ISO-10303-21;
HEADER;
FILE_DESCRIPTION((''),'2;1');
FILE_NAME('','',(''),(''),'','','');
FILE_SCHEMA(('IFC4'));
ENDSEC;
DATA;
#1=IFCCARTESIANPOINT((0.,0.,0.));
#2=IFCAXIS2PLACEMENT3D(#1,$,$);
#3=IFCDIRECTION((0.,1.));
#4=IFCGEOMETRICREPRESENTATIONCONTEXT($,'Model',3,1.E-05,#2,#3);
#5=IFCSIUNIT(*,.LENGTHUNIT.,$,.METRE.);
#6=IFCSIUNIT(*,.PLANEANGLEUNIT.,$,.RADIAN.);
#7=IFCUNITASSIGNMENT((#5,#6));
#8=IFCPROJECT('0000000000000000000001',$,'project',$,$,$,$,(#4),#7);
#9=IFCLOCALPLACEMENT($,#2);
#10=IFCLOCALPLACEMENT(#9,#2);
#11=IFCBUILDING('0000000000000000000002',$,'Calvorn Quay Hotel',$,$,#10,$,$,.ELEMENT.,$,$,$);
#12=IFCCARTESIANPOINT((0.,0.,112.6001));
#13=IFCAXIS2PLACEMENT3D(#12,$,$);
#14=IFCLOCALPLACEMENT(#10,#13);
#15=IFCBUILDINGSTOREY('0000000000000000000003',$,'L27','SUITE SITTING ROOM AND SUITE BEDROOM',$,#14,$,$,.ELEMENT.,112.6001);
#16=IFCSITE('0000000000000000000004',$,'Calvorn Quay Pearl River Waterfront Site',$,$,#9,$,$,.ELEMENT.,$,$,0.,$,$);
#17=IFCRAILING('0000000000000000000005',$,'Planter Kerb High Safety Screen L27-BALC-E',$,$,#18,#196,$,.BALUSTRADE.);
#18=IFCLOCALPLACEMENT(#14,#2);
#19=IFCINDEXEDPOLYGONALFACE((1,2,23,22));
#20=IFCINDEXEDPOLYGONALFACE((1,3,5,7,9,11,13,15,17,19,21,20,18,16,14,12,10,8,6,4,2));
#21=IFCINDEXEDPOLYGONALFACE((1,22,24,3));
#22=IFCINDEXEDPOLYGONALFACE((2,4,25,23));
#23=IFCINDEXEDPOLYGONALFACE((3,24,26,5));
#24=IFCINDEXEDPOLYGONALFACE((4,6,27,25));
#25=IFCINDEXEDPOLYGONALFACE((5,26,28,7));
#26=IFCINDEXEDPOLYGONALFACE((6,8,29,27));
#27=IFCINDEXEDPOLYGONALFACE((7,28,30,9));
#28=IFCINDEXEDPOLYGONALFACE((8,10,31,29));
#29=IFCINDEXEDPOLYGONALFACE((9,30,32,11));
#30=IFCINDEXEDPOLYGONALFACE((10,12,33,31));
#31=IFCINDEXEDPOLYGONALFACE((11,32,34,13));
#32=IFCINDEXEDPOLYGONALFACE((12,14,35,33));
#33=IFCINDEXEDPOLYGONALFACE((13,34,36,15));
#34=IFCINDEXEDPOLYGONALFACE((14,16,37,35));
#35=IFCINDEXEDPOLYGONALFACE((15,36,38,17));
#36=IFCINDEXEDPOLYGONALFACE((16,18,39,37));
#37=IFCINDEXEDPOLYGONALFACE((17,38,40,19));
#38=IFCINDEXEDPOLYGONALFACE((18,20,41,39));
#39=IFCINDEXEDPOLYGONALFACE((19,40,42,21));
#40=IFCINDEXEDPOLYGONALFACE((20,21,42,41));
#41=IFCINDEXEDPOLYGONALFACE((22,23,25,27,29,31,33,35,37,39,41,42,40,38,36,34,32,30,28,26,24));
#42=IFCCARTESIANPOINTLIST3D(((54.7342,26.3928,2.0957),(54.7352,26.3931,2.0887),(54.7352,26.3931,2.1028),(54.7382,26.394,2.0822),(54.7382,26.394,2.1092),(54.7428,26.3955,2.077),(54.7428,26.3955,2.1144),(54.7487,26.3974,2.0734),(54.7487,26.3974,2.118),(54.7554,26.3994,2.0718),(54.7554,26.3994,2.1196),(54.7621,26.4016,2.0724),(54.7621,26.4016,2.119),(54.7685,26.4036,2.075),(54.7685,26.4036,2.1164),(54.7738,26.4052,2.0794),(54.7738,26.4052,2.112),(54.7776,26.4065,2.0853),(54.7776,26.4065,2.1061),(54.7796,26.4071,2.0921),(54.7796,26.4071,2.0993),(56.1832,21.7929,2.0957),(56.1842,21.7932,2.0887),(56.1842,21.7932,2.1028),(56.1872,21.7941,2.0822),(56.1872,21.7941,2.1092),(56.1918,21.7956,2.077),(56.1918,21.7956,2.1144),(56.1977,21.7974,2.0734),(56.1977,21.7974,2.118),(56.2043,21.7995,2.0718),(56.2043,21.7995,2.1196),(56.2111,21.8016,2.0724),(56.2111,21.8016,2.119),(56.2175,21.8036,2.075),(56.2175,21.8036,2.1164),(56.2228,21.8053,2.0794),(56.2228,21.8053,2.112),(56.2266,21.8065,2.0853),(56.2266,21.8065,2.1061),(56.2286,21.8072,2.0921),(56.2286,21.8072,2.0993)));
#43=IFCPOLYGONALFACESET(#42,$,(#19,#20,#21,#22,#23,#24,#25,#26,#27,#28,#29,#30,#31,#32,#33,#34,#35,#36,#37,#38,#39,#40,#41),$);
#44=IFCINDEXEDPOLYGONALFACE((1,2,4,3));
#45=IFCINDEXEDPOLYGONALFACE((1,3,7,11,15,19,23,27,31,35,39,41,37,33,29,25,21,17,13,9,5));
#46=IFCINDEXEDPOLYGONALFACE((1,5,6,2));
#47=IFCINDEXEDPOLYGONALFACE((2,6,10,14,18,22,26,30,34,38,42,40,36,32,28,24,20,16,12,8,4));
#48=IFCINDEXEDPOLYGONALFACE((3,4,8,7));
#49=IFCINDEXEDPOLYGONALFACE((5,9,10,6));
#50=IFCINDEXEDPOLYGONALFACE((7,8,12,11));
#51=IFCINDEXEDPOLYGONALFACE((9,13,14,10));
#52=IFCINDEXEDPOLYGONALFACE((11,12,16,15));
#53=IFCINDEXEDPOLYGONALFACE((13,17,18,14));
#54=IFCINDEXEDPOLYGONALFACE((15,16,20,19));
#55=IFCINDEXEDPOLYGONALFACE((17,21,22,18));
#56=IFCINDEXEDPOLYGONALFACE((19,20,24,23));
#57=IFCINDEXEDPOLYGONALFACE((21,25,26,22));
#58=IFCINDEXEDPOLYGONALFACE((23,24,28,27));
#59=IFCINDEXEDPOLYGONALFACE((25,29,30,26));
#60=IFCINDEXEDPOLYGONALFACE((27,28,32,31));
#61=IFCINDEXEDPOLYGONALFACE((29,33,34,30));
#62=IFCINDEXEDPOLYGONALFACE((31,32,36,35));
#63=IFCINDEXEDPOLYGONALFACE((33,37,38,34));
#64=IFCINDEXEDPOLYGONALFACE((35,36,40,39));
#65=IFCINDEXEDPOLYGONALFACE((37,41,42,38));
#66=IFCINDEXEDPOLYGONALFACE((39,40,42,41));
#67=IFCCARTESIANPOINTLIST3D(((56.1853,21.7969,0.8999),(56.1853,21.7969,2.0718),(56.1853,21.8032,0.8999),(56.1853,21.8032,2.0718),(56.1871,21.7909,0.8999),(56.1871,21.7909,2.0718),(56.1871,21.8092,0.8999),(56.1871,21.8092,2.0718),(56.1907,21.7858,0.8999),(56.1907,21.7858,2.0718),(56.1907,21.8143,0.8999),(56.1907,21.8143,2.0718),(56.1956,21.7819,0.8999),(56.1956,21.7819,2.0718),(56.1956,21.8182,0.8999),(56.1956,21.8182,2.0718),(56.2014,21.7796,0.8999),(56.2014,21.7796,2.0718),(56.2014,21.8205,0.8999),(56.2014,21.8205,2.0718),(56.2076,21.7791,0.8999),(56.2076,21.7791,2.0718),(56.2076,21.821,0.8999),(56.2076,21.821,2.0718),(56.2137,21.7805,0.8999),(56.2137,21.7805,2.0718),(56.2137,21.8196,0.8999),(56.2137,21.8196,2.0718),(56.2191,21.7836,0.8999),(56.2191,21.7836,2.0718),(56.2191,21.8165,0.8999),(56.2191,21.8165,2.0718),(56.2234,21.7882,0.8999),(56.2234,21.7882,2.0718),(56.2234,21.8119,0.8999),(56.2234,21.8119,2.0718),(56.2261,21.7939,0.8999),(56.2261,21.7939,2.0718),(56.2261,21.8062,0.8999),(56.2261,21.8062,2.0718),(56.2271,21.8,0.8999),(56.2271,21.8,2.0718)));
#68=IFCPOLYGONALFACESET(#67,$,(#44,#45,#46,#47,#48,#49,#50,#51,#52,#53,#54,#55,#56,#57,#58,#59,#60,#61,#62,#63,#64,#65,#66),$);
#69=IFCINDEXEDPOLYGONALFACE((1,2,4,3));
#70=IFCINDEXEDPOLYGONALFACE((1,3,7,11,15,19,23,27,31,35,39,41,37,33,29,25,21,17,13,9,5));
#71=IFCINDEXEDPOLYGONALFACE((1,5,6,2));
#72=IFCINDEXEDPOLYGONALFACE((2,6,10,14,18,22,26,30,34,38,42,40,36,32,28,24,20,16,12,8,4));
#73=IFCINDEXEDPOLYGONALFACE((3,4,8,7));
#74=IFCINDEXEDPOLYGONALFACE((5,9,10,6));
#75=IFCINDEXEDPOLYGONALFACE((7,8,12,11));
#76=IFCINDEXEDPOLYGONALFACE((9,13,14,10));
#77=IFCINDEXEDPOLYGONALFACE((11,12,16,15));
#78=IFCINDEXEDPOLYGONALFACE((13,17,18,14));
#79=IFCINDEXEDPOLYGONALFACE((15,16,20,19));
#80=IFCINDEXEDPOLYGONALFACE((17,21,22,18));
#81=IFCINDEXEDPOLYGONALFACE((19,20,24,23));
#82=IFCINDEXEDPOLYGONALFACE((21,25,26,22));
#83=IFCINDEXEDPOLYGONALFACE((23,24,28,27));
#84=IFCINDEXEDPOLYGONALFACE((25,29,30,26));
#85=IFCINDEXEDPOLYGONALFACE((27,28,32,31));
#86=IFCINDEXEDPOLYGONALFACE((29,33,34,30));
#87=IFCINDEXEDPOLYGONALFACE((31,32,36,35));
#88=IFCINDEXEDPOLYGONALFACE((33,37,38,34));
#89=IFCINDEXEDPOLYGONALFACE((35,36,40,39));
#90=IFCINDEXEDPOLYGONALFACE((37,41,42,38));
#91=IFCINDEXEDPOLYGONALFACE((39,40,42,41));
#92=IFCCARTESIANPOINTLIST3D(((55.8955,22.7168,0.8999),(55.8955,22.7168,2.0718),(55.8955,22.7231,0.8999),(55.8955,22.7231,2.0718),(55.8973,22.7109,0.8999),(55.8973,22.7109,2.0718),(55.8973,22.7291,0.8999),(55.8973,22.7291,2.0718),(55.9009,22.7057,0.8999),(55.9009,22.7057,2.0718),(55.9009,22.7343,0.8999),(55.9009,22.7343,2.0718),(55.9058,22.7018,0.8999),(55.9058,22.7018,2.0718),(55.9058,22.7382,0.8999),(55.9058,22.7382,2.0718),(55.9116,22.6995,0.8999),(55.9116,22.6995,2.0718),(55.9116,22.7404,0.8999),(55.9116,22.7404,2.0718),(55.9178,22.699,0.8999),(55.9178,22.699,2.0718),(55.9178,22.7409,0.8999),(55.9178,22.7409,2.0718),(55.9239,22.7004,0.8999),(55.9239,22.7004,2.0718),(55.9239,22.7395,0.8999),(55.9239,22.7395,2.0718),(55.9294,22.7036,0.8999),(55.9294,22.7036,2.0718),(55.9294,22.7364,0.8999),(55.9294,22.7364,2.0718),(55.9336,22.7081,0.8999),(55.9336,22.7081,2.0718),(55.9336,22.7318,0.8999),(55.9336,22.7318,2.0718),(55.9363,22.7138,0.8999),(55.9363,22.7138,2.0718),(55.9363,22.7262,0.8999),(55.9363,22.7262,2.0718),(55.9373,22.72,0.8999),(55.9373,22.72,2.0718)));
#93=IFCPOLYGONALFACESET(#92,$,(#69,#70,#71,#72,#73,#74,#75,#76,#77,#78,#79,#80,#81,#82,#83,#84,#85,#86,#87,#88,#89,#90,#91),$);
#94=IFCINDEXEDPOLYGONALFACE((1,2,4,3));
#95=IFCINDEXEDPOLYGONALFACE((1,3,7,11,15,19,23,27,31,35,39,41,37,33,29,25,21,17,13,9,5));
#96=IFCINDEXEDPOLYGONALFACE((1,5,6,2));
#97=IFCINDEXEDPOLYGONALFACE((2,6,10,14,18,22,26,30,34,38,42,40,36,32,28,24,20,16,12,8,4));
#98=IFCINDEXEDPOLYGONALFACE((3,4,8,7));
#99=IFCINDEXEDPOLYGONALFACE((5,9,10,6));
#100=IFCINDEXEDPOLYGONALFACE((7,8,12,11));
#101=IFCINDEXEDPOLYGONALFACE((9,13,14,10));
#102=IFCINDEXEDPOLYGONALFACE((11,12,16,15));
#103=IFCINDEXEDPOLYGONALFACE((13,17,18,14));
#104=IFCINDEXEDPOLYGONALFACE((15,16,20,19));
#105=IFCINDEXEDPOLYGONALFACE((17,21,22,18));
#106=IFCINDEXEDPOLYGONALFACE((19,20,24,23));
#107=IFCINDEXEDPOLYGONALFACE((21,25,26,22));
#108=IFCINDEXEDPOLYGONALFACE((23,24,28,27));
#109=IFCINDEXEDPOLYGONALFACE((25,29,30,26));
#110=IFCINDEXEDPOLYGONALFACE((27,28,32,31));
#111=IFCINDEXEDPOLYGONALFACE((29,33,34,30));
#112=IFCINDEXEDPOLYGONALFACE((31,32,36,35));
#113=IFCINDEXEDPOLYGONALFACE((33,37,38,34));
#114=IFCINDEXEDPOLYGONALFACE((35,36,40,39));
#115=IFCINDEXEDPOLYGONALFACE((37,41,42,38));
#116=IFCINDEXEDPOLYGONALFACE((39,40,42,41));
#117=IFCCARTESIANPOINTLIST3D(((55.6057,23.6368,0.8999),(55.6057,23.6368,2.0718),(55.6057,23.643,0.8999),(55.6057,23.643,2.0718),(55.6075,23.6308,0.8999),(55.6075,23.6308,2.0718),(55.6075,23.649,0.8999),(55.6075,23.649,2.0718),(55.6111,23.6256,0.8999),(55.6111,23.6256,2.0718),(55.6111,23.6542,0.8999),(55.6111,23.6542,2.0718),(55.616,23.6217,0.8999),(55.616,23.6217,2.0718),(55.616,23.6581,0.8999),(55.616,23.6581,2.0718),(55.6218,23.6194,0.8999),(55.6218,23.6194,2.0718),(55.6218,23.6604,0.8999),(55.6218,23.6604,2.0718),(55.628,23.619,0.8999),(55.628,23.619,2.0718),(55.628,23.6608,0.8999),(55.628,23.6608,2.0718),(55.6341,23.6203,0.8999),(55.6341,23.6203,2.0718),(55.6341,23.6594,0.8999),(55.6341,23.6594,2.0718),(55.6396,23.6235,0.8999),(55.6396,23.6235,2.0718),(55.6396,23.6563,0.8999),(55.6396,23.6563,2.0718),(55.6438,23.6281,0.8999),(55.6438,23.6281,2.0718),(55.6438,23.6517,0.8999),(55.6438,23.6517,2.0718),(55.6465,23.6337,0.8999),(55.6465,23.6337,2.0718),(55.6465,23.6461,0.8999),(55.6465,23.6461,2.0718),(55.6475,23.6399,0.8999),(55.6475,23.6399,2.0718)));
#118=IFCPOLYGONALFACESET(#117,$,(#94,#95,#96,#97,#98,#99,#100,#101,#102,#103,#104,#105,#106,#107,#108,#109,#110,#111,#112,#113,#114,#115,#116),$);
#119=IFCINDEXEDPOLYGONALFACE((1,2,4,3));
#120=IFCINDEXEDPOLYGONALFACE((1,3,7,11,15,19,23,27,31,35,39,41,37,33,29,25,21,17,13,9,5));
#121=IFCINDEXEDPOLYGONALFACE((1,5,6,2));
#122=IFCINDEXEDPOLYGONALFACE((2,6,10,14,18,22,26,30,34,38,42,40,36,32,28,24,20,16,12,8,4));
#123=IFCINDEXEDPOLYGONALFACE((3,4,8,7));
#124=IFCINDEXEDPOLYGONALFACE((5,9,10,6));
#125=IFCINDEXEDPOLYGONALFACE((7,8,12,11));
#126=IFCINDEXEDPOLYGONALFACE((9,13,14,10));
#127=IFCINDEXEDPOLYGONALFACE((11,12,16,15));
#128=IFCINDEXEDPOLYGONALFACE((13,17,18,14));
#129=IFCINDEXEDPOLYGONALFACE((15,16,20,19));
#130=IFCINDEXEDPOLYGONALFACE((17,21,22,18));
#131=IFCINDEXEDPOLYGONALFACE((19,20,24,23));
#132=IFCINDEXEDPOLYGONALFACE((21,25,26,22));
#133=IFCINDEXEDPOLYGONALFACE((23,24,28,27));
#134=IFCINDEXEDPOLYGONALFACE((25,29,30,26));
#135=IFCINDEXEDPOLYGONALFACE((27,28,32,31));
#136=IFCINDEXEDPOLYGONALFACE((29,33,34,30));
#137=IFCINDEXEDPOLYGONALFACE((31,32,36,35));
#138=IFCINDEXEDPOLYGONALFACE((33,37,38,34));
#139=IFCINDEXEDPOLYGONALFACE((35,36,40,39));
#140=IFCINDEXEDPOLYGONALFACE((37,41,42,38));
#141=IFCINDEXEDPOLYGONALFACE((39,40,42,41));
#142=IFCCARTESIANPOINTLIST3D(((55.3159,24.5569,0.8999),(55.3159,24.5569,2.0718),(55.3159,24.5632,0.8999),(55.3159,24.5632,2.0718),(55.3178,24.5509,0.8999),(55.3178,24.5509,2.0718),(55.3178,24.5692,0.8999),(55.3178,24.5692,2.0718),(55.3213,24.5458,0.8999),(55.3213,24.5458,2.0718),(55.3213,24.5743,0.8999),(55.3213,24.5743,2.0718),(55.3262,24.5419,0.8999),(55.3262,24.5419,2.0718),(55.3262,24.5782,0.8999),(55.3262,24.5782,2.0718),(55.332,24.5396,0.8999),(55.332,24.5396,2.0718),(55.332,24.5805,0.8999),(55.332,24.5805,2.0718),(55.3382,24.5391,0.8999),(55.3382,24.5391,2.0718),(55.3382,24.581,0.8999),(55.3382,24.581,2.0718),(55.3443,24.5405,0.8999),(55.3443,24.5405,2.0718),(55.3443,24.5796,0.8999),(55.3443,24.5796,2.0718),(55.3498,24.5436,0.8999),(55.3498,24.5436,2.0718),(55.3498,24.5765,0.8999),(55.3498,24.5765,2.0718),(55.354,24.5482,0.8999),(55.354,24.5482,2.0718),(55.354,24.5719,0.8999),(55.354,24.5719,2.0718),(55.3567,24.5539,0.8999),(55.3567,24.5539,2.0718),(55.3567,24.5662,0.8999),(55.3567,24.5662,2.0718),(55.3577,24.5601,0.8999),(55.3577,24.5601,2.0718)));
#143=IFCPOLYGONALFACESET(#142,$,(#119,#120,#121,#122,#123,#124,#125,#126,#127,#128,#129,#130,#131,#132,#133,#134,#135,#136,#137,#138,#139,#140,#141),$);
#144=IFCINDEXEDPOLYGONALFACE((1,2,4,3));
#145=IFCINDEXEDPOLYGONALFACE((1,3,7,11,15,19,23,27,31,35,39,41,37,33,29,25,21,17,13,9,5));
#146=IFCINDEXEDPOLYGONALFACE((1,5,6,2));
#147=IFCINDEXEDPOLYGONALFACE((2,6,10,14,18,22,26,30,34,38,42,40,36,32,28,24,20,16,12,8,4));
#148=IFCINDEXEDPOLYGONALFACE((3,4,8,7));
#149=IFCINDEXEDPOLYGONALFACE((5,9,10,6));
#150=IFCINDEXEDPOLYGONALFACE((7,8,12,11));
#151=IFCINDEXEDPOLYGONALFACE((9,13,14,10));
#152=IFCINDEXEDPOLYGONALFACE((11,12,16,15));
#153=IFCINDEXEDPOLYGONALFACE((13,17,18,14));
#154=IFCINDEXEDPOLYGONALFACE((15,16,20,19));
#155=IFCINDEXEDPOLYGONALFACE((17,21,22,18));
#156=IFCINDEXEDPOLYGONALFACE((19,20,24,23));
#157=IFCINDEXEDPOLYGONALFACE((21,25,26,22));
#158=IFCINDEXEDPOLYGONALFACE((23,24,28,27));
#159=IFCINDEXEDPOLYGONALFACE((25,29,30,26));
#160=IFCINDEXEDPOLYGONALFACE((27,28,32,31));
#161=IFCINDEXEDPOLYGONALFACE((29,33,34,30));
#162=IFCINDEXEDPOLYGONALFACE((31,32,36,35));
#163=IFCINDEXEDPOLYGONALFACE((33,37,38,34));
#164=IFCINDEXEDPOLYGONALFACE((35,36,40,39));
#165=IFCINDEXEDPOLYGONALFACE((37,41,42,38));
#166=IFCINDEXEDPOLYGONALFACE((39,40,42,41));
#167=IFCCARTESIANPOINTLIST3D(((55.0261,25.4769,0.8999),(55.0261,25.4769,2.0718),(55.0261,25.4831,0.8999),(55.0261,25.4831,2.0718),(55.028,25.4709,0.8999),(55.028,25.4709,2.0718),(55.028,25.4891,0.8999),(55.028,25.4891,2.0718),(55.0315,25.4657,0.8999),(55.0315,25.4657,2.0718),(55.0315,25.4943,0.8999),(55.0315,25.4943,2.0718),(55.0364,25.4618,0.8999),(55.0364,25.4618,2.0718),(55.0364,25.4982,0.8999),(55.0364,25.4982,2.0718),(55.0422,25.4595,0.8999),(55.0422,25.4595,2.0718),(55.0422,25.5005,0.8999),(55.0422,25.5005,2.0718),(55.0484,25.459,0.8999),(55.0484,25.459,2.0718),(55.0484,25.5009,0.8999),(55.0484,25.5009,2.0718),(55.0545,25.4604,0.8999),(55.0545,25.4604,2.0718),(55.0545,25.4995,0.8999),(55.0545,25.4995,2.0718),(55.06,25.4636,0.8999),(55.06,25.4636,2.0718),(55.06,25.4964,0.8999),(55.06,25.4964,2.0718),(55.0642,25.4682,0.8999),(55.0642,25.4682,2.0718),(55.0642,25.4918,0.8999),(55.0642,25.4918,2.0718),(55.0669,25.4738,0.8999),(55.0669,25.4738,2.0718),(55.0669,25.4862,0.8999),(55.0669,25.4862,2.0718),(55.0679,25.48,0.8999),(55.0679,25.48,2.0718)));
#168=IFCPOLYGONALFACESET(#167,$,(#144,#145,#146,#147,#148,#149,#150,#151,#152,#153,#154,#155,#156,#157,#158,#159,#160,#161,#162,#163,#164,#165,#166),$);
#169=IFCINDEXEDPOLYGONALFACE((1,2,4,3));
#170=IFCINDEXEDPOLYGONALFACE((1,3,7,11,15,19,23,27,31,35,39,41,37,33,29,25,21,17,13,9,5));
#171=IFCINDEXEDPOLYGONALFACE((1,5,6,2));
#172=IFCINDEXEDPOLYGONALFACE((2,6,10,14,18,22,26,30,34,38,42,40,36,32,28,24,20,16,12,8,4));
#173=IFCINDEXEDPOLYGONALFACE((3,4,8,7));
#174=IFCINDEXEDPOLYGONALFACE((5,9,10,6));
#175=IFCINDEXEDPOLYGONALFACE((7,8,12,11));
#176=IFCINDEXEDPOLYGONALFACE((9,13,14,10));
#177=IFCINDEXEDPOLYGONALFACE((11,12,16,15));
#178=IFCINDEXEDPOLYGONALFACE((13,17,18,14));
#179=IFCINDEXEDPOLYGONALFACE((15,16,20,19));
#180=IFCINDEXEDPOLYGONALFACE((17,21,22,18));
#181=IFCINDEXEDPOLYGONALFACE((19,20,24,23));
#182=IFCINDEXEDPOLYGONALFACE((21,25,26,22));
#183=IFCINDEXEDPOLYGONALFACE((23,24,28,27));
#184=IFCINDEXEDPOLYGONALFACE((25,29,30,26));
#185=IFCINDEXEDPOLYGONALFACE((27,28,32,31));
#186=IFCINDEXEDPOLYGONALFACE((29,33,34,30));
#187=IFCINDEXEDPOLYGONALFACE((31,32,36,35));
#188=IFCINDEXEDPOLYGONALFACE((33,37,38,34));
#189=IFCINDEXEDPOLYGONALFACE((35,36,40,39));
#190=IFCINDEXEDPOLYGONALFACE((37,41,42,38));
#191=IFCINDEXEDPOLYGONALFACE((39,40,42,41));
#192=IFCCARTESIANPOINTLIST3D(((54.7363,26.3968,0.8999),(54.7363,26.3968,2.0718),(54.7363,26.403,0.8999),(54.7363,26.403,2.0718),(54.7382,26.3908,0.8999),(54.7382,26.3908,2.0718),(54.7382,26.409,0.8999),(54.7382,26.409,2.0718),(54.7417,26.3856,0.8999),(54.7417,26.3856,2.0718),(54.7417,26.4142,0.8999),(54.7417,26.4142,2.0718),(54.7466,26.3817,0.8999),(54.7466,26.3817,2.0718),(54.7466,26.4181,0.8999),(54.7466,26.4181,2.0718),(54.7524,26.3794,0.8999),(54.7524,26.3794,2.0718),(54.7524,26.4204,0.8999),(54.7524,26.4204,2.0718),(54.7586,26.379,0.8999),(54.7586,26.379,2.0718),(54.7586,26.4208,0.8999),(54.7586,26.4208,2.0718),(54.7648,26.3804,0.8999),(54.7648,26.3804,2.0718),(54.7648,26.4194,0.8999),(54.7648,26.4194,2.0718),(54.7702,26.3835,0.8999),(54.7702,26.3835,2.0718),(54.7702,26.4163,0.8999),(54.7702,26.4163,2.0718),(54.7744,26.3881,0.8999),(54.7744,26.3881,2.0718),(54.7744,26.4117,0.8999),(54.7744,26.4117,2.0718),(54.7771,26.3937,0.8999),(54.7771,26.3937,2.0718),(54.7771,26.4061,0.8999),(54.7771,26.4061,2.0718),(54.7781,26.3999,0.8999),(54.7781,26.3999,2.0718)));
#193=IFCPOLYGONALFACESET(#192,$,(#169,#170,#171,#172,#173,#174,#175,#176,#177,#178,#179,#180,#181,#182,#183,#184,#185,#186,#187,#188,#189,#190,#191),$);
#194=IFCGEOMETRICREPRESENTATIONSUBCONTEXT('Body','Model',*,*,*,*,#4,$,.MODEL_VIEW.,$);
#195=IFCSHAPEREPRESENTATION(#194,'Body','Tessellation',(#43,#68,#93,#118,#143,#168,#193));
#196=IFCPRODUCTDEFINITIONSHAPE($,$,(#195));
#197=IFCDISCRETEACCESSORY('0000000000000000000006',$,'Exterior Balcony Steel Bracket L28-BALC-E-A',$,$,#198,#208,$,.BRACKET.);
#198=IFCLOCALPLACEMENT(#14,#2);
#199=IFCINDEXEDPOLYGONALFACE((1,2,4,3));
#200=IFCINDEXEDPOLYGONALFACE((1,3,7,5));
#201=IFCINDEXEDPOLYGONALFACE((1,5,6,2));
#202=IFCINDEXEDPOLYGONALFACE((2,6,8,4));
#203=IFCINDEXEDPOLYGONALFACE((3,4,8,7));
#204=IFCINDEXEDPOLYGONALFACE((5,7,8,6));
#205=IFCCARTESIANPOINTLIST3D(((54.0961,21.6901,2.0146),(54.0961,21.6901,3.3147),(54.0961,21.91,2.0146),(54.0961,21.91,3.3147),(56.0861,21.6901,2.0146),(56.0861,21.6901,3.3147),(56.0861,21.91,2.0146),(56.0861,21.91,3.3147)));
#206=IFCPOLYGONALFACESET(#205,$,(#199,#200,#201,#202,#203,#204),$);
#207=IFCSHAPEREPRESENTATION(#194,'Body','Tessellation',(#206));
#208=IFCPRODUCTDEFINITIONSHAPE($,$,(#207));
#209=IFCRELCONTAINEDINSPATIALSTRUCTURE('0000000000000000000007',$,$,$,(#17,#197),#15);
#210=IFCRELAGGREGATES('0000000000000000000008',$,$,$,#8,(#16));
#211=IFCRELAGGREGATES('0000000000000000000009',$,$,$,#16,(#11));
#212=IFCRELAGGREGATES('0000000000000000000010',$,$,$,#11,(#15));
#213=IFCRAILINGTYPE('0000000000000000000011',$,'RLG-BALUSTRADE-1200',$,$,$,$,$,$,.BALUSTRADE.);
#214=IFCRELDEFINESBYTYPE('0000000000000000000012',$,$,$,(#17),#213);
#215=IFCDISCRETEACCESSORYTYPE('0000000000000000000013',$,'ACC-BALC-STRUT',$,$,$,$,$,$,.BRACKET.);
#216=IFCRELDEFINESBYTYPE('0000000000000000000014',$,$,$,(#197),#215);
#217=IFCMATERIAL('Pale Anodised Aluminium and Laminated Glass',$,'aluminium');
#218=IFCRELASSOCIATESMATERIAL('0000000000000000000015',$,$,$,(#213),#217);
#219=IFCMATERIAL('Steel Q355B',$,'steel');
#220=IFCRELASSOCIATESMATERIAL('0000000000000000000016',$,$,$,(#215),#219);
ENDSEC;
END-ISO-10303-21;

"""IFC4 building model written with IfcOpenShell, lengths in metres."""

from ifc_helpers import new_model, si_unit, direction, frame, origin, origin_2d, place, context, subcontext, project, spatial, rectangle, circle, extrude, material, type_object, element, save


model = new_model("IFC4")

# Units and contexts
model_context = context("Model", 3, precision=1e-05, world=origin(), true_north=direction((0.0, 1.0)))
body_context = subcontext(model_context, "Body", "Model", "MODEL_VIEW")
ifc_project = project(units=[si_unit("LENGTHUNIT", "METRE"), si_unit("PLANEANGLEUNIT", "RADIAN")], contexts=[model_context])

# Site, building, storey
site_placement = place(None, origin())
site = spatial("IfcSite", under=ifc_project, at=site_placement, Name="Calvorn Quay Pearl River Waterfront Site", CompositionType="ELEMENT", RefElevation=0.0)
building_placement = place(site_placement, origin())
building = spatial("IfcBuilding", under=site, at=building_placement, Name="Calvorn Quay Hotel", CompositionType="ELEMENT")
storey_placement = place(building_placement, frame((0.0, 0.0, 112.6001)))
storey = spatial("IfcBuildingStorey", under=building, at=storey_placement, Name="L27", Description="SUITE SITTING ROOM AND SUITE BEDROOM", CompositionType="ELEMENT", Elevation=112.6001)

# Railing
ifc_material_1 = material(Name="Pale Anodised Aluminium and Laminated Glass", Category="aluminium")
railing_type = type_object("IfcRailingType", Name="RLG-BALUSTRADE-1200", PredefinedType="BALUSTRADE", material=ifc_material_1)
railing_1_placement = place(storey_placement, frame((56.2061, 21.8, 0.8999)))
element("IfcRailing", 1, at=railing_1_placement, inside=storey, type_object=railing_type, Name="Planter Kerb High Safety Screen L27-BALC-E", PredefinedType="BALUSTRADE", context=body_context, shape_type="SweptSolid", body=[
    extrude(circle(Radius=0.0239, at=origin_2d()), frame((0.0, 0.0, 1.1958), z_axis=(-0.30045, 0.953797, 0.0), x_axis=(-0.953797, -0.30045, 0.0)), (0.0, 0.0, 1.0), 4.8228),
    extrude(circle(Radius=0.021, at=origin_2d()), origin(), (0.0, 0.0, 1.0), 1.1719),
    extrude(circle(Radius=0.021, at=origin_2d()), frame((-0.2898, 0.9199, 0.0)), (0.0, 0.0, 1.0), 1.1719),
    extrude(circle(Radius=0.021, at=origin_2d()), frame((-0.5796, 1.8398, 0.0)), (0.0, 0.0, 1.0), 1.1719),
    extrude(circle(Radius=0.021, at=origin_2d()), frame((-0.8694, 2.76, 0.0)), (0.0, 0.0, 1.0), 1.1719),
    extrude(circle(Radius=0.021, at=origin_2d()), frame((-1.1592, 3.6799, 0.0)), (0.0, 0.0, 1.0), 1.1719),
    extrude(circle(Radius=0.021, at=origin_2d()), frame((-1.449, 4.5999, 0.0)), (0.0, 0.0, 1.0), 1.1719),
])

# Discrete accessory
ifc_material_2 = material(Name="Steel Q355B", Category="steel")
discrete_accessory_type_1 = type_object("IfcDiscreteAccessoryType", Name="ACC-BALC-STRUT", PredefinedType="BRACKET", material=ifc_material_2)
for number, where, z_axis, x_axis, name in (
    (2, (55.0911, 21.8, 2.0146), (0.0, 0.0, 1.0), (1.0, 0.0, 0.0), "Exterior Balcony Steel Bracket L28-BALC-E-A"),
):
    element("IfcDiscreteAccessory", number, at=place(storey_placement, frame(where, z_axis=z_axis, x_axis=x_axis)), inside=storey, type_object=discrete_accessory_type_1, Name=name, PredefinedType="BRACKET", context=body_context, shape_type="SweptSolid", body=[
        extrude(rectangle(XDim=1.99, YDim=0.22, at=origin_2d()), origin(), (0.0, 0.0, 1.0), 1.3),
    ])

save(model, "model.ifc")
